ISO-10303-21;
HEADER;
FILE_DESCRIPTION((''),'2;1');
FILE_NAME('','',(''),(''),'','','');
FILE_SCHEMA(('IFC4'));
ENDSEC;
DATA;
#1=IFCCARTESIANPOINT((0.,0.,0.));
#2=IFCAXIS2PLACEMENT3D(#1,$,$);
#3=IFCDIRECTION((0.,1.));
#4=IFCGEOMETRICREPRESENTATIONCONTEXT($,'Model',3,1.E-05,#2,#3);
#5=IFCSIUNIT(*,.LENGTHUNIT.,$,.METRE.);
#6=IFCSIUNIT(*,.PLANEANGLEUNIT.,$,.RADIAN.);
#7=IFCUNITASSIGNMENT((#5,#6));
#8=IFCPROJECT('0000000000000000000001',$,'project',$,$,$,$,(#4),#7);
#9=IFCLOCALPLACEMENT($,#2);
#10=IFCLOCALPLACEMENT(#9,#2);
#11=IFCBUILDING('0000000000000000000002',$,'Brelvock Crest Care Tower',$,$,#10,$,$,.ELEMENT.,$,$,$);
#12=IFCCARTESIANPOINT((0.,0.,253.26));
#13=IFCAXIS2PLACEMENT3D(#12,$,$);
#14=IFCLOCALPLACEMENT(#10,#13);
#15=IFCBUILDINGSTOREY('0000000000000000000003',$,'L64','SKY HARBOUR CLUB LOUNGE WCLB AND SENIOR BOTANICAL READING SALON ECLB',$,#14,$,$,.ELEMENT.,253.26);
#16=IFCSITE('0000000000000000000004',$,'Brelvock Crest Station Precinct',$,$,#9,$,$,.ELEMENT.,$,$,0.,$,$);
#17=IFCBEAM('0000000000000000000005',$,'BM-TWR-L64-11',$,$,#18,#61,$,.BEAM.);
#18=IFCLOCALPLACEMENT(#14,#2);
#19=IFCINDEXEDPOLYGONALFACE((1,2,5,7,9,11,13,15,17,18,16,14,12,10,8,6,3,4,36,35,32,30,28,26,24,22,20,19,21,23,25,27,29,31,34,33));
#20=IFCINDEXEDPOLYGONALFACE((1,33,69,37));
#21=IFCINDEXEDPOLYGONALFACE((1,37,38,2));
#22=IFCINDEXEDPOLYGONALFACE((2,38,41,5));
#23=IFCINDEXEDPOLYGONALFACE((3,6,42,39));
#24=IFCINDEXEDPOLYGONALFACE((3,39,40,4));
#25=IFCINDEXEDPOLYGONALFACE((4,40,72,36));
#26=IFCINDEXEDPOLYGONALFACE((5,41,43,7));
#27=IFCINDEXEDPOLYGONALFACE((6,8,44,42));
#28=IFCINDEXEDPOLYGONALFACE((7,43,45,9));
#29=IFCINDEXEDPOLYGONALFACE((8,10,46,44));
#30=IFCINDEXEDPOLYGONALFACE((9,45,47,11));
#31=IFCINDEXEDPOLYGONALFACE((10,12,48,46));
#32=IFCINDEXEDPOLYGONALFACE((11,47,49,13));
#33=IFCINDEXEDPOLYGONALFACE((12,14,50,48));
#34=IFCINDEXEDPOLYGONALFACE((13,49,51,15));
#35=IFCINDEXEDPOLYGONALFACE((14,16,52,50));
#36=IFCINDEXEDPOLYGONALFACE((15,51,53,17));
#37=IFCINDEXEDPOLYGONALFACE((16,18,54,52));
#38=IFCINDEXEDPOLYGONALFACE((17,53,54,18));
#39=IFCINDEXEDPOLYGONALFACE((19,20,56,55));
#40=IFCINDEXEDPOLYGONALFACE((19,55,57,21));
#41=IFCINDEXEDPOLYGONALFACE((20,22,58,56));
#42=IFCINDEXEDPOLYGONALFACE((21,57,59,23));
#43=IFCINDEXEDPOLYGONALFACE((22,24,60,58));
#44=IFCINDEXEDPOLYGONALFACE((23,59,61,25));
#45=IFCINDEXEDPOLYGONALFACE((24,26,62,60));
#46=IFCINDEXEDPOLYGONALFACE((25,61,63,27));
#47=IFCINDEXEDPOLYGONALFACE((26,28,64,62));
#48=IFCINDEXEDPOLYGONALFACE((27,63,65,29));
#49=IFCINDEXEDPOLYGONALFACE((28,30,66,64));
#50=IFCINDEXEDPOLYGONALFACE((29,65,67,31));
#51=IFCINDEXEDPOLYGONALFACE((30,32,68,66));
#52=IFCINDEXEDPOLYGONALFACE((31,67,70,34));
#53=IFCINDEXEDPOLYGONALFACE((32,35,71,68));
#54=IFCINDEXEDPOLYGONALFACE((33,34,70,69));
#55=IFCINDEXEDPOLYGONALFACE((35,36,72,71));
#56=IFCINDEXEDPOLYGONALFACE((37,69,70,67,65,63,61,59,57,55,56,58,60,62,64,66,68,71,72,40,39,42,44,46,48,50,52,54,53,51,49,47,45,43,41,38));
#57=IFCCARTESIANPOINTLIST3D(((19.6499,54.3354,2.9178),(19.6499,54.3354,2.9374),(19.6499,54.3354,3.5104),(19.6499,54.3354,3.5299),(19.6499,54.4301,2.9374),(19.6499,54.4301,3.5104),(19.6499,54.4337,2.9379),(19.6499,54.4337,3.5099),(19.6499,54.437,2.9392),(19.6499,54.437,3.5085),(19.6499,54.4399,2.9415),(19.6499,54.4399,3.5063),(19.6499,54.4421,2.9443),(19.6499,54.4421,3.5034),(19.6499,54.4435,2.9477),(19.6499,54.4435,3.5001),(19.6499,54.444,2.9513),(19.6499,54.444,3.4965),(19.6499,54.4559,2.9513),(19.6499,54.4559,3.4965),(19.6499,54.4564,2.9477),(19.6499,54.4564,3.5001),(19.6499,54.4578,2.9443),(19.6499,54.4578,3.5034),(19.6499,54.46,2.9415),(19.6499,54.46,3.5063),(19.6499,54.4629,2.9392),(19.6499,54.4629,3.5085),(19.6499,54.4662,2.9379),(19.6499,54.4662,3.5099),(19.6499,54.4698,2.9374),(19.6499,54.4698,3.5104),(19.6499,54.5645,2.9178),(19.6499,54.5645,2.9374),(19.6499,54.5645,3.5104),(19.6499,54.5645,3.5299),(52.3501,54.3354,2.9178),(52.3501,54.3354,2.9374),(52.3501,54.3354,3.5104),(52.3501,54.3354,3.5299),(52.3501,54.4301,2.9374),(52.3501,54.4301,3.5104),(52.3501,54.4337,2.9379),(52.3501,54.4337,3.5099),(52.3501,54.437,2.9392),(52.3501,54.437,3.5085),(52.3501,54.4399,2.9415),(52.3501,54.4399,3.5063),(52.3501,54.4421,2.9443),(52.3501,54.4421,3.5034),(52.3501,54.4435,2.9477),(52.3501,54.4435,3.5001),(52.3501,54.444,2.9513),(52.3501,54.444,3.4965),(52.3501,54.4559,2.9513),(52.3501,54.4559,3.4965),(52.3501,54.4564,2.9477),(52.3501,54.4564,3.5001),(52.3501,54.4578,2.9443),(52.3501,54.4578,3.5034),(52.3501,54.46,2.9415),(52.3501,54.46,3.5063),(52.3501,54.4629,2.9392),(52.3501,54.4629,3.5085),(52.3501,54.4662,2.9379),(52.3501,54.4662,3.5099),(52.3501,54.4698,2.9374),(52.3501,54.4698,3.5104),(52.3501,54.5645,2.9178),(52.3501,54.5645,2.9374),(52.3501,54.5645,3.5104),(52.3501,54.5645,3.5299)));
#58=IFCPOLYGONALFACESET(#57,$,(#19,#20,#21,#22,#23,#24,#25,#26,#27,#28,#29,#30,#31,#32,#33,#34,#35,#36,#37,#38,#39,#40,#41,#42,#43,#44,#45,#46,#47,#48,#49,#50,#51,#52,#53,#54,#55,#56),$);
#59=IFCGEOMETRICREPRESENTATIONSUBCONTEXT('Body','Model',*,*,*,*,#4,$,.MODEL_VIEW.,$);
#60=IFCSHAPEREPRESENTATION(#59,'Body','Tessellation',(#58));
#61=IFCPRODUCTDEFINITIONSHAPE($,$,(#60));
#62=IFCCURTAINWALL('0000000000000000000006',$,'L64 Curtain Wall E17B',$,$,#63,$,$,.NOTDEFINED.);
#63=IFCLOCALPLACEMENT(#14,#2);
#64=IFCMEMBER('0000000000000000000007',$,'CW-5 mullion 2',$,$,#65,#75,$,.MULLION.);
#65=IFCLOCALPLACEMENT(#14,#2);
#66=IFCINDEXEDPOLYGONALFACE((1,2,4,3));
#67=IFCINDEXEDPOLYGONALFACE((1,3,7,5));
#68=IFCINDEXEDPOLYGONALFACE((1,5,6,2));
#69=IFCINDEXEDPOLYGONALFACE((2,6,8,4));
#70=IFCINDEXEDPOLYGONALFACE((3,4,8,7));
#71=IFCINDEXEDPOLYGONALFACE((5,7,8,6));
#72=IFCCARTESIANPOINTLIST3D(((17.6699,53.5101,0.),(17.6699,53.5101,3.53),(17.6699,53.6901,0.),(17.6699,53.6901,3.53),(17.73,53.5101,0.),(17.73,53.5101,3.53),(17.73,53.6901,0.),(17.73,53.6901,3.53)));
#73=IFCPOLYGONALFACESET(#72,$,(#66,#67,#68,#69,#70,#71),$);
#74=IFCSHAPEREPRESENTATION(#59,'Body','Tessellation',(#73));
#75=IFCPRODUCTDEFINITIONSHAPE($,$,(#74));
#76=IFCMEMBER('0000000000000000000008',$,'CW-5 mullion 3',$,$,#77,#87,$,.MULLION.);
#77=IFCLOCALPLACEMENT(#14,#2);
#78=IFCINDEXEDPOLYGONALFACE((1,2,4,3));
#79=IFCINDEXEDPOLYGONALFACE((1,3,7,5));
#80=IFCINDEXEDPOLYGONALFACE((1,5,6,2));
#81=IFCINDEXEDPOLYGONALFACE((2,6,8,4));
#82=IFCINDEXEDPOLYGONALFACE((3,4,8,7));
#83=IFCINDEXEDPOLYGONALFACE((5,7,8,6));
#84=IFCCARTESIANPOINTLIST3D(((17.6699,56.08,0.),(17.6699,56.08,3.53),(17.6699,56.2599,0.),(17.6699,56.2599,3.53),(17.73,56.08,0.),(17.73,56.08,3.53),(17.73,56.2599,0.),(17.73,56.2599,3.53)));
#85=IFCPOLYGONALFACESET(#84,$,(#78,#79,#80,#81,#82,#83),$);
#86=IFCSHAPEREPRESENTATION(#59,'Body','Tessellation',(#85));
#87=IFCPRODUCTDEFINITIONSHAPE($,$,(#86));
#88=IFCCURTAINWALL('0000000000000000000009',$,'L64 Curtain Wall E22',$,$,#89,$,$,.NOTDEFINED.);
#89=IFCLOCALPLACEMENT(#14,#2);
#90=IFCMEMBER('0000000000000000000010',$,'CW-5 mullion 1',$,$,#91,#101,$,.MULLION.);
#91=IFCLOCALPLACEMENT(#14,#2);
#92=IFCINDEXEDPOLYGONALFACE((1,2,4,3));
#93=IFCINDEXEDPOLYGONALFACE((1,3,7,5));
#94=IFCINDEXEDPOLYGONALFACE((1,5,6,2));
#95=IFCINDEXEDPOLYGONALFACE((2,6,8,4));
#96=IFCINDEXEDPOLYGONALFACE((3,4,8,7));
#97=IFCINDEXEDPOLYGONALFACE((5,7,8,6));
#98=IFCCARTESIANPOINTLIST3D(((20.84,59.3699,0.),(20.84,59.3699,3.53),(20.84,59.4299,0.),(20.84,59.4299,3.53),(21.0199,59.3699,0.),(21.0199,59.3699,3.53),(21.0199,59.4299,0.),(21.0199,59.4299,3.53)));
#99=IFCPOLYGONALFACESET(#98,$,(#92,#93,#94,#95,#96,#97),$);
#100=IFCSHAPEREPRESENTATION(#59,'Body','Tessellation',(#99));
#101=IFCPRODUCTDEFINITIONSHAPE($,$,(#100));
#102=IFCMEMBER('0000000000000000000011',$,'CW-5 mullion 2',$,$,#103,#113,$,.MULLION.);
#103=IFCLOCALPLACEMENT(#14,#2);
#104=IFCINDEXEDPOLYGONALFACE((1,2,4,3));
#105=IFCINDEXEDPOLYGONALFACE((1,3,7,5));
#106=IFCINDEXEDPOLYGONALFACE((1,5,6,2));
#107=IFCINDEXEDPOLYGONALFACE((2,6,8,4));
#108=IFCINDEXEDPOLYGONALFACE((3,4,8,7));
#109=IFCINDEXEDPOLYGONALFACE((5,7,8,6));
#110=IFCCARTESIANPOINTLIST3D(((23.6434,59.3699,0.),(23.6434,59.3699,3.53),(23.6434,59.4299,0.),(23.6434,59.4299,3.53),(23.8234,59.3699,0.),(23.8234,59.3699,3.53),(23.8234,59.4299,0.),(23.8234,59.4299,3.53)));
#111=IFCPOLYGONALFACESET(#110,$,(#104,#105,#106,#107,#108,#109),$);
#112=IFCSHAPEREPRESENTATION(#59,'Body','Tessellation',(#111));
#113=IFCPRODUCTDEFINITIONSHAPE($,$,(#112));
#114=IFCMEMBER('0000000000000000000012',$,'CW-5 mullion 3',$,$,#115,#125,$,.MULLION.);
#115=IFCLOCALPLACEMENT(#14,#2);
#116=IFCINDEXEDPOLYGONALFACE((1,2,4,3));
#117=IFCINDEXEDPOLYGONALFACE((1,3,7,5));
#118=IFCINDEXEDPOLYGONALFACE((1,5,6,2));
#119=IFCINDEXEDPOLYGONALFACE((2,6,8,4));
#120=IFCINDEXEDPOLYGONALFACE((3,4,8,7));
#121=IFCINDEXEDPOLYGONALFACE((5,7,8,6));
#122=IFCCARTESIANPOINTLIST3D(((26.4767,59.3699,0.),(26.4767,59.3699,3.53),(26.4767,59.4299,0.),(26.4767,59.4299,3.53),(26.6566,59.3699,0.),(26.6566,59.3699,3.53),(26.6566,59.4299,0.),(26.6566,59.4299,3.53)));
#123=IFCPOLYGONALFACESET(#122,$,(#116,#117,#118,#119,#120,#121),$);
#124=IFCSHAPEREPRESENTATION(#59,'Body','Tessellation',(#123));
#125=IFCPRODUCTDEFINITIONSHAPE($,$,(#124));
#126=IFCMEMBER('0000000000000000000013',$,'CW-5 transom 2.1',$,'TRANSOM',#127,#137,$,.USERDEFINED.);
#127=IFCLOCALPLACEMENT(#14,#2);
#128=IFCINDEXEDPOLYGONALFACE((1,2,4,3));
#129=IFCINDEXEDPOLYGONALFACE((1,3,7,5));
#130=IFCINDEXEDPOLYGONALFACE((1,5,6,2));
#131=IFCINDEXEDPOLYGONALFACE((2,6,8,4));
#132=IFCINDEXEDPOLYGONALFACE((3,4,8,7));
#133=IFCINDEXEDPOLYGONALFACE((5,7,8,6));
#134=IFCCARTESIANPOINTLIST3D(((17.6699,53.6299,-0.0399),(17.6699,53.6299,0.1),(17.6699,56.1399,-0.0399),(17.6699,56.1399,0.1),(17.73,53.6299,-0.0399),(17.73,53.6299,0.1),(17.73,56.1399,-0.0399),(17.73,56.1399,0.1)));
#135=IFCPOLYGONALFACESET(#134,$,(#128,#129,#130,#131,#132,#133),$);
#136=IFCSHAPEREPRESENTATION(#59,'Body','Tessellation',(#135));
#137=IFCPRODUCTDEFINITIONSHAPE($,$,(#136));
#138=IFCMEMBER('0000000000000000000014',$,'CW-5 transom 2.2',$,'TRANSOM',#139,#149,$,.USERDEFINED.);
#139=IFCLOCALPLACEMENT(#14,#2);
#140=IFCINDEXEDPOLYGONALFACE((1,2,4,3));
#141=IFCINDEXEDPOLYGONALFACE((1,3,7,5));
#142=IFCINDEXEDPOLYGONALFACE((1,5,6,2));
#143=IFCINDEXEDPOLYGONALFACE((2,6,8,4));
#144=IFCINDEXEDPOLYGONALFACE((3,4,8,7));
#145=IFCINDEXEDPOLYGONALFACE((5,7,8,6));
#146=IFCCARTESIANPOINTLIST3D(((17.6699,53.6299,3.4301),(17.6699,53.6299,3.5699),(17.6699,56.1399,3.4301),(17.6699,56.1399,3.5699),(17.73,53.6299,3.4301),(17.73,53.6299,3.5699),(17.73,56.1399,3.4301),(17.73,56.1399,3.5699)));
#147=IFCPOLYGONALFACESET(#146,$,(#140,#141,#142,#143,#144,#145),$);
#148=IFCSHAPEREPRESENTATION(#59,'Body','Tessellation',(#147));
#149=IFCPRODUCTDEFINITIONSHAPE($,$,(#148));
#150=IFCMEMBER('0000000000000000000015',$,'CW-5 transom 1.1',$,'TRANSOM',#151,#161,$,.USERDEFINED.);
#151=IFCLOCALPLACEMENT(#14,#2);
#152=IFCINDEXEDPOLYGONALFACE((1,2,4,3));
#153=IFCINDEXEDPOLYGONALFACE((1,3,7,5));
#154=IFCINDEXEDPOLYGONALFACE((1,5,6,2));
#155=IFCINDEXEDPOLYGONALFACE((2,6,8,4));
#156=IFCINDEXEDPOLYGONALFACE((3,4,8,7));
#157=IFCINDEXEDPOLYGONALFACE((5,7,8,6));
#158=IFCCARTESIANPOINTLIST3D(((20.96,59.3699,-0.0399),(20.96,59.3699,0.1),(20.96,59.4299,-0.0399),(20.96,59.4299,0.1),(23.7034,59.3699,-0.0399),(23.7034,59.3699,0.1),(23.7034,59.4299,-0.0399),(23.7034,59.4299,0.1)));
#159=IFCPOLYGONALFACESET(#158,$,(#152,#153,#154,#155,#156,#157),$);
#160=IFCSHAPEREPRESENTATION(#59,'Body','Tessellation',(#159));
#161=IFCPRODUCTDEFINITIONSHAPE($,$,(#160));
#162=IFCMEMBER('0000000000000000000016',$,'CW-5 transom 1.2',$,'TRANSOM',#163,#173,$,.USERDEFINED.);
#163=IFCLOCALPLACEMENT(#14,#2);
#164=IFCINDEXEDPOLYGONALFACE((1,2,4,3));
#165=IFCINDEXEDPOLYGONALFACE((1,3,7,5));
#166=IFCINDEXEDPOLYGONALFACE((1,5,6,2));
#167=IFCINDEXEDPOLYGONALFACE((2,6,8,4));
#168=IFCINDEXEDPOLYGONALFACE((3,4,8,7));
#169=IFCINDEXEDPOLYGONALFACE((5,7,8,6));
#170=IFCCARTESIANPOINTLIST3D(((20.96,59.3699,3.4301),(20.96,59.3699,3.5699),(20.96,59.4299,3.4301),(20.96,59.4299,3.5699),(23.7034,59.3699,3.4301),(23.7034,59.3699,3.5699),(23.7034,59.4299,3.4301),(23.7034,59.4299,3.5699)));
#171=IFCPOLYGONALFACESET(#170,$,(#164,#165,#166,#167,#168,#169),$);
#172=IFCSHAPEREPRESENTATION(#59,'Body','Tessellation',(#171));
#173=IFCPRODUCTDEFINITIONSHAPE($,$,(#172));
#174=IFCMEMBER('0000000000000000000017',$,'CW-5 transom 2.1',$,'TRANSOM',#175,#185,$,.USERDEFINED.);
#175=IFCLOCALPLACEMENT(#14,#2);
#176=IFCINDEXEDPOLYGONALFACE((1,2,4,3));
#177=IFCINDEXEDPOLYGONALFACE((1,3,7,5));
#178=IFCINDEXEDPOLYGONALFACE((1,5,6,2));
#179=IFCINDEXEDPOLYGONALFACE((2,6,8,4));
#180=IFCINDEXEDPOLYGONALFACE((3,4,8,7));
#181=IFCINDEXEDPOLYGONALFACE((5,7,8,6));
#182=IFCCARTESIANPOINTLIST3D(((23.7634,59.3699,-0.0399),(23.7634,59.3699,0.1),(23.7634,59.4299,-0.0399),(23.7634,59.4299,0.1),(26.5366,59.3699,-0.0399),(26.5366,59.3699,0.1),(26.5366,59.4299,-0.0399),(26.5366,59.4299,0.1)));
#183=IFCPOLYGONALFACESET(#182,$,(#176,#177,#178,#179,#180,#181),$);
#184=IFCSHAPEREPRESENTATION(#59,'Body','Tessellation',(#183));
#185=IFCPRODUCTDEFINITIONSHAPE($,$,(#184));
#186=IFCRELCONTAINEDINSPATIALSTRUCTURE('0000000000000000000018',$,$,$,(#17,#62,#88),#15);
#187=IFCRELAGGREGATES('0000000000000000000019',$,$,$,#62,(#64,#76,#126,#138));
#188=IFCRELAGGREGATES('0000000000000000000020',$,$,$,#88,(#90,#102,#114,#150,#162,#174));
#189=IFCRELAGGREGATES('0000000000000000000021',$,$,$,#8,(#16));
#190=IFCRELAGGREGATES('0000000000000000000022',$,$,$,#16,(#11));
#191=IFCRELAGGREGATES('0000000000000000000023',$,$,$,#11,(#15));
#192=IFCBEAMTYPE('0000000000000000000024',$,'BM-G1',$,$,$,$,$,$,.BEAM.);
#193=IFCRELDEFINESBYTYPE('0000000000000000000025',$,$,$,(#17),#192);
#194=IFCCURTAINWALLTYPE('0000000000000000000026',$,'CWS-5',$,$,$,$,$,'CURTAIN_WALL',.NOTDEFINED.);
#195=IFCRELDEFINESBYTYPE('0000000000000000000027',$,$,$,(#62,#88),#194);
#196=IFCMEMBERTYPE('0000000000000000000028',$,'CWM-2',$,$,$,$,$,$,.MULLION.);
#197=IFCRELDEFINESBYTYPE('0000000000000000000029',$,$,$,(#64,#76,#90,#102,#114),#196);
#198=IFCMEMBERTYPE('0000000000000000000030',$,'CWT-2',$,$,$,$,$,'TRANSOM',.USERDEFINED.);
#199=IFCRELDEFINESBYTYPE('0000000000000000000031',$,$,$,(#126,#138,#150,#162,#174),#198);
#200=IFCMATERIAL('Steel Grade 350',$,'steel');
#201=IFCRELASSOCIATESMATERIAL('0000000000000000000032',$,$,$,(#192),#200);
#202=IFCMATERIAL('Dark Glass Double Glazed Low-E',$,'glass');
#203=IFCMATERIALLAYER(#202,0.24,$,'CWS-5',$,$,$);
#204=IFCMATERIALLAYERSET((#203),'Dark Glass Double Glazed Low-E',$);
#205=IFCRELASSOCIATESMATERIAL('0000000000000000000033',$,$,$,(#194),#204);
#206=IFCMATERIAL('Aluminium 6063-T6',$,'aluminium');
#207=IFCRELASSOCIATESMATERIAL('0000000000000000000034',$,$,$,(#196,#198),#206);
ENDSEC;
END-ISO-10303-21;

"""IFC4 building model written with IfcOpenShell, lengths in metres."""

from ifc_helpers import new_model, si_unit, direction, frame, origin, origin_2d, place, context, subcontext, project, spatial, rectangle, i_section, extrude, source, transform, mapped, material, layer, layer_set, material_profile, profile_set, type_object, element, aggregate, save


model = new_model("IFC4")

# Units and contexts
model_context = context("Model", 3, precision=1e-05, world=origin(), true_north=direction((0.0, 1.0)))
body_context = subcontext(model_context, "Body", "Model", "MODEL_VIEW")
ifc_project = project(units=[si_unit("LENGTHUNIT", "METRE"), si_unit("PLANEANGLEUNIT", "RADIAN")], contexts=[model_context])

# Site, building, storey
site_placement = place(None, origin())
site = spatial("IfcSite", under=ifc_project, at=site_placement, Name="Brelvock Crest Station Precinct", CompositionType="ELEMENT", RefElevation=0.0)
building_placement = place(site_placement, origin())
building = spatial("IfcBuilding", under=site, at=building_placement, Name="Brelvock Crest Care Tower", CompositionType="ELEMENT")
storey_placement = place(building_placement, frame((0.0, 0.0, 253.26)))
storey = spatial("IfcBuildingStorey", under=building, at=storey_placement, Name="L64", Description="SKY HARBOUR CLUB LOUNGE WCLB AND SENIOR BOTANICAL READING SALON ECLB", CompositionType="ELEMENT", Elevation=253.26)

# Shared definitions
ifc_material_1 = material(Name="Steel Grade 350", Category="steel")

# Beam
ifc_material_profile_1 = material_profile(ifc_material_1, i_section(OverallWidth=0.229, OverallDepth=0.6121, WebThickness=0.012, FlangeThickness=0.0195, FilletRadius=0.0139, at=origin_2d()), Name="610UB125")
ifc_profile_set_1 = profile_set([ifc_material_profile_1], Name="Steel Grade 350")
beam_type_1 = type_object("IfcBeamType", Name="BM-G1", PredefinedType="BEAM", material=ifc_profile_set_1)
shared_shape_1 = source(origin(), body_context, "Body", "SweptSolid", [
    extrude(i_section(OverallWidth=0.229, OverallDepth=0.6121, WebThickness=0.012, FlangeThickness=0.0195, FilletRadius=0.0139, at=origin_2d()), origin(), (0.0, 0.0, 1.0), 32.7002),
])
beam_1_placement = place(storey_placement, frame((19.6499, 54.45, 3.2239), z_axis=(1.0, 0.0, 0.0), x_axis=(0.0, 1.0, 0.0)))
element("IfcBeam", 1, at=beam_1_placement, inside=storey, type_object=beam_type_1, Name="BM-TWR-L64-11", PredefinedType="BEAM", context=body_context, shape_type="MappedRepresentation", body=[
    mapped(shared_shape_1, transform((0.0, 0.0, 0.0), x_axis=(1.0, 0.0, 0.0), y_axis=(0.0, 1.0, 0.0), z_axis=(0.0, 0.0, 1.0), scale=1.0)),
])

# Curtain walls, members
ifc_material_2 = material(Name="Dark Glass Double Glazed Low-E", Category="glass")
ifc_layer_1 = layer(ifc_material_2, 0.24, Name="CWS-5")
ifc_layer_set_1 = layer_set([ifc_layer_1], Name="Dark Glass Double Glazed Low-E")
curtain_wall_type = type_object("IfcCurtainWallType", Name="CWS-5", ElementType="CURTAIN_WALL", PredefinedType="NOTDEFINED", material=ifc_layer_set_1)
curtain_wall_1_placement = place(storey_placement, origin())
curtain_wall_1 = element("IfcCurtainWall", 2, at=curtain_wall_1_placement, inside=storey, type_object=curtain_wall_type, Name="L64 Curtain Wall E17B", PredefinedType="NOTDEFINED")
ifc_material_3 = material(Name="Aluminium 6063-T6", Category="aluminium")
ifc_material_profile_2 = material_profile(ifc_material_3, rectangle(XDim=0.0601, YDim=0.1799, at=origin_2d()), Name="ALU60x180")
ifc_profile_set_2 = profile_set([ifc_material_profile_2], Name="Aluminium 6063-T6")
member_type_1 = type_object("IfcMemberType", Name="CWM-2", PredefinedType="MULLION", material=ifc_profile_set_2)
shared_shape_2 = source(origin(), body_context, "Body", "SweptSolid", [
    extrude(rectangle(XDim=0.0601, YDim=0.1799, at=origin_2d()), origin(), (0.0, 0.0, 1.0), 3.53),
])
member_1_placement = place(storey_placement, frame((17.7, 53.6001, 0.0), z_axis=(0.0, 0.0, 1.0), x_axis=(-1.0, 0.0, 0.0)))
member_1 = element("IfcMember", 3, at=member_1_placement, type_object=member_type_1, Name="CW-5 mullion 2", PredefinedType="MULLION", context=body_context, shape_type="MappedRepresentation", body=[
    mapped(shared_shape_2, transform((0.0, 0.0, 0.0), x_axis=(1.0, 0.0, 0.0), y_axis=(0.0, 1.0, 0.0), z_axis=(0.0, 0.0, 1.0), scale=1.0)),
])
member_2_placement = place(storey_placement, frame((17.7, 56.1699, 0.0), z_axis=(0.0, 0.0, 1.0), x_axis=(-1.0, 0.0, 0.0)))
member_2 = element("IfcMember", 4, at=member_2_placement, type_object=member_type_1, Name="CW-5 mullion 3", PredefinedType="MULLION", context=body_context, shape_type="MappedRepresentation", body=[
    mapped(shared_shape_2, transform((0.0, 0.0, 0.0), x_axis=(1.0, 0.0, 0.0), y_axis=(0.0, 1.0, 0.0), z_axis=(0.0, 0.0, 1.0), scale=1.0)),
])
curtain_wall_2_placement = place(storey_placement, origin())
curtain_wall_2 = element("IfcCurtainWall", 5, at=curtain_wall_2_placement, inside=storey, type_object=curtain_wall_type, Name="L64 Curtain Wall E22", PredefinedType="NOTDEFINED")
member_3_placement = place(storey_placement, frame((20.9299, 59.3999, 0.0), z_axis=(0.0, 0.0, 1.0), x_axis=(0.0, 1.0, 0.0)))
member_3 = element("IfcMember", 6, at=member_3_placement, type_object=member_type_1, Name="CW-5 mullion 1", PredefinedType="MULLION", context=body_context, shape_type="MappedRepresentation", body=[
    mapped(shared_shape_2, transform((0.0, 0.0, 0.0), x_axis=(1.0, 0.0, 0.0), y_axis=(0.0, 1.0, 0.0), z_axis=(0.0, 0.0, 1.0), scale=1.0)),
])
member_4_placement = place(storey_placement, frame((23.7334, 59.3999, 0.0), z_axis=(0.0, 0.0, 1.0), x_axis=(0.0, 1.0, 0.0)))
member_4 = element("IfcMember", 7, at=member_4_placement, type_object=member_type_1, Name="CW-5 mullion 2", PredefinedType="MULLION", context=body_context, shape_type="MappedRepresentation", body=[
    mapped(shared_shape_2, transform((0.0, 0.0, 0.0), x_axis=(1.0, 0.0, 0.0), y_axis=(0.0, 1.0, 0.0), z_axis=(0.0, 0.0, 1.0), scale=1.0)),
])
member_5_placement = place(storey_placement, frame((26.5667, 59.3999, 0.0), z_axis=(0.0, 0.0, 1.0), x_axis=(0.0, 1.0, 0.0)))
member_5 = element("IfcMember", 8, at=member_5_placement, type_object=member_type_1, Name="CW-5 mullion 3", PredefinedType="MULLION", context=body_context, shape_type="MappedRepresentation", body=[
    mapped(shared_shape_2, transform((0.0, 0.0, 0.0), x_axis=(1.0, 0.0, 0.0), y_axis=(0.0, 1.0, 0.0), z_axis=(0.0, 0.0, 1.0), scale=1.0)),
])

# Members
ifc_material_profile_3 = material_profile(ifc_material_3, rectangle(XDim=0.0601, YDim=0.1399, at=origin_2d()), Name="ALU60x140")
ifc_profile_set_3 = profile_set([ifc_material_profile_3], Name="Aluminium 6063-T6")
member_type_2 = type_object("IfcMemberType", Name="CWT-2", ElementType="TRANSOM", PredefinedType="USERDEFINED", material=ifc_profile_set_3)
shared_shape_3 = source(origin(), body_context, "Body", "SweptSolid", [
    extrude(rectangle(XDim=0.0601, YDim=0.1399, at=origin_2d()), origin(), (0.0, 0.0, 1.0), 2.51),
])
member_6_placement = place(storey_placement, frame((17.7, 53.6299, 0.03), z_axis=(0.0, 1.0, 0.0), x_axis=(-1.0, 0.0, 0.0)))
member_6 = element("IfcMember", 9, at=member_6_placement, type_object=member_type_2, Name="CW-5 transom 2.1", ObjectType="TRANSOM", PredefinedType="USERDEFINED", context=body_context, shape_type="MappedRepresentation", body=[
    mapped(shared_shape_3, transform((0.0, 0.0, 0.0), x_axis=(1.0, 0.0, 0.0), y_axis=(0.0, 1.0, 0.0), z_axis=(0.0, 0.0, 1.0), scale=1.0)),
])
member_7_placement = place(storey_placement, frame((17.7, 53.6299, 3.5), z_axis=(0.0, 1.0, 0.0), x_axis=(-1.0, 0.0, 0.0)))
member_7 = element("IfcMember", 10, at=member_7_placement, type_object=member_type_2, Name="CW-5 transom 2.2", ObjectType="TRANSOM", PredefinedType="USERDEFINED", context=body_context, shape_type="MappedRepresentation", body=[
    mapped(shared_shape_3, transform((0.0, 0.0, 0.0), x_axis=(1.0, 0.0, 0.0), y_axis=(0.0, 1.0, 0.0), z_axis=(0.0, 0.0, 1.0), scale=1.0)),
])
shared_shape_4 = source(origin(), body_context, "Body", "SweptSolid", [
    extrude(rectangle(XDim=0.0601, YDim=0.1399, at=origin_2d()), origin(), (0.0, 0.0, 1.0), 2.7434),
])
member_8_placement = place(storey_placement, frame((20.96, 59.3999, 0.03), z_axis=(1.0, 0.0, 0.0), x_axis=(0.0, 1.0, 0.0)))
member_8 = element("IfcMember", 11, at=member_8_placement, type_object=member_type_2, Name="CW-5 transom 1.1", ObjectType="TRANSOM", PredefinedType="USERDEFINED", context=body_context, shape_type="MappedRepresentation", body=[
    mapped(shared_shape_4, transform((0.0, 0.0, 0.0), x_axis=(1.0, 0.0, 0.0), y_axis=(0.0, 1.0, 0.0), z_axis=(0.0, 0.0, 1.0), scale=1.0)),
])
member_9_placement = place(storey_placement, frame((20.96, 59.3999, 3.5), z_axis=(1.0, 0.0, 0.0), x_axis=(0.0, 1.0, 0.0)))
member_9 = element("IfcMember", 12, at=member_9_placement, type_object=member_type_2, Name="CW-5 transom 1.2", ObjectType="TRANSOM", PredefinedType="USERDEFINED", context=body_context, shape_type="MappedRepresentation", body=[
    mapped(shared_shape_4, transform((0.0, 0.0, 0.0), x_axis=(1.0, 0.0, 0.0), y_axis=(0.0, 1.0, 0.0), z_axis=(0.0, 0.0, 1.0), scale=1.0)),
])
shared_shape_5 = source(origin(), body_context, "Body", "SweptSolid", [
    extrude(rectangle(XDim=0.0601, YDim=0.1399, at=origin_2d()), origin(), (0.0, 0.0, 1.0), 2.7732),
])
member_10_placement = place(storey_placement, frame((23.7634, 59.3999, 0.03), z_axis=(1.0, 0.0, 0.0), x_axis=(0.0, 1.0, 0.0)))
member_10 = element("IfcMember", 13, at=member_10_placement, type_object=member_type_2, Name="CW-5 transom 2.1", ObjectType="TRANSOM", PredefinedType="USERDEFINED", context=body_context, shape_type="MappedRepresentation", body=[
    mapped(shared_shape_5, transform((0.0, 0.0, 0.0), x_axis=(1.0, 0.0, 0.0), y_axis=(0.0, 1.0, 0.0), z_axis=(0.0, 0.0, 1.0), scale=1.0)),
])

aggregate(curtain_wall_1, [member_1, member_2, member_6, member_7])
aggregate(curtain_wall_2, [member_3, member_4, member_5, member_8, member_9, member_10])

save(model, "model.ifc")
